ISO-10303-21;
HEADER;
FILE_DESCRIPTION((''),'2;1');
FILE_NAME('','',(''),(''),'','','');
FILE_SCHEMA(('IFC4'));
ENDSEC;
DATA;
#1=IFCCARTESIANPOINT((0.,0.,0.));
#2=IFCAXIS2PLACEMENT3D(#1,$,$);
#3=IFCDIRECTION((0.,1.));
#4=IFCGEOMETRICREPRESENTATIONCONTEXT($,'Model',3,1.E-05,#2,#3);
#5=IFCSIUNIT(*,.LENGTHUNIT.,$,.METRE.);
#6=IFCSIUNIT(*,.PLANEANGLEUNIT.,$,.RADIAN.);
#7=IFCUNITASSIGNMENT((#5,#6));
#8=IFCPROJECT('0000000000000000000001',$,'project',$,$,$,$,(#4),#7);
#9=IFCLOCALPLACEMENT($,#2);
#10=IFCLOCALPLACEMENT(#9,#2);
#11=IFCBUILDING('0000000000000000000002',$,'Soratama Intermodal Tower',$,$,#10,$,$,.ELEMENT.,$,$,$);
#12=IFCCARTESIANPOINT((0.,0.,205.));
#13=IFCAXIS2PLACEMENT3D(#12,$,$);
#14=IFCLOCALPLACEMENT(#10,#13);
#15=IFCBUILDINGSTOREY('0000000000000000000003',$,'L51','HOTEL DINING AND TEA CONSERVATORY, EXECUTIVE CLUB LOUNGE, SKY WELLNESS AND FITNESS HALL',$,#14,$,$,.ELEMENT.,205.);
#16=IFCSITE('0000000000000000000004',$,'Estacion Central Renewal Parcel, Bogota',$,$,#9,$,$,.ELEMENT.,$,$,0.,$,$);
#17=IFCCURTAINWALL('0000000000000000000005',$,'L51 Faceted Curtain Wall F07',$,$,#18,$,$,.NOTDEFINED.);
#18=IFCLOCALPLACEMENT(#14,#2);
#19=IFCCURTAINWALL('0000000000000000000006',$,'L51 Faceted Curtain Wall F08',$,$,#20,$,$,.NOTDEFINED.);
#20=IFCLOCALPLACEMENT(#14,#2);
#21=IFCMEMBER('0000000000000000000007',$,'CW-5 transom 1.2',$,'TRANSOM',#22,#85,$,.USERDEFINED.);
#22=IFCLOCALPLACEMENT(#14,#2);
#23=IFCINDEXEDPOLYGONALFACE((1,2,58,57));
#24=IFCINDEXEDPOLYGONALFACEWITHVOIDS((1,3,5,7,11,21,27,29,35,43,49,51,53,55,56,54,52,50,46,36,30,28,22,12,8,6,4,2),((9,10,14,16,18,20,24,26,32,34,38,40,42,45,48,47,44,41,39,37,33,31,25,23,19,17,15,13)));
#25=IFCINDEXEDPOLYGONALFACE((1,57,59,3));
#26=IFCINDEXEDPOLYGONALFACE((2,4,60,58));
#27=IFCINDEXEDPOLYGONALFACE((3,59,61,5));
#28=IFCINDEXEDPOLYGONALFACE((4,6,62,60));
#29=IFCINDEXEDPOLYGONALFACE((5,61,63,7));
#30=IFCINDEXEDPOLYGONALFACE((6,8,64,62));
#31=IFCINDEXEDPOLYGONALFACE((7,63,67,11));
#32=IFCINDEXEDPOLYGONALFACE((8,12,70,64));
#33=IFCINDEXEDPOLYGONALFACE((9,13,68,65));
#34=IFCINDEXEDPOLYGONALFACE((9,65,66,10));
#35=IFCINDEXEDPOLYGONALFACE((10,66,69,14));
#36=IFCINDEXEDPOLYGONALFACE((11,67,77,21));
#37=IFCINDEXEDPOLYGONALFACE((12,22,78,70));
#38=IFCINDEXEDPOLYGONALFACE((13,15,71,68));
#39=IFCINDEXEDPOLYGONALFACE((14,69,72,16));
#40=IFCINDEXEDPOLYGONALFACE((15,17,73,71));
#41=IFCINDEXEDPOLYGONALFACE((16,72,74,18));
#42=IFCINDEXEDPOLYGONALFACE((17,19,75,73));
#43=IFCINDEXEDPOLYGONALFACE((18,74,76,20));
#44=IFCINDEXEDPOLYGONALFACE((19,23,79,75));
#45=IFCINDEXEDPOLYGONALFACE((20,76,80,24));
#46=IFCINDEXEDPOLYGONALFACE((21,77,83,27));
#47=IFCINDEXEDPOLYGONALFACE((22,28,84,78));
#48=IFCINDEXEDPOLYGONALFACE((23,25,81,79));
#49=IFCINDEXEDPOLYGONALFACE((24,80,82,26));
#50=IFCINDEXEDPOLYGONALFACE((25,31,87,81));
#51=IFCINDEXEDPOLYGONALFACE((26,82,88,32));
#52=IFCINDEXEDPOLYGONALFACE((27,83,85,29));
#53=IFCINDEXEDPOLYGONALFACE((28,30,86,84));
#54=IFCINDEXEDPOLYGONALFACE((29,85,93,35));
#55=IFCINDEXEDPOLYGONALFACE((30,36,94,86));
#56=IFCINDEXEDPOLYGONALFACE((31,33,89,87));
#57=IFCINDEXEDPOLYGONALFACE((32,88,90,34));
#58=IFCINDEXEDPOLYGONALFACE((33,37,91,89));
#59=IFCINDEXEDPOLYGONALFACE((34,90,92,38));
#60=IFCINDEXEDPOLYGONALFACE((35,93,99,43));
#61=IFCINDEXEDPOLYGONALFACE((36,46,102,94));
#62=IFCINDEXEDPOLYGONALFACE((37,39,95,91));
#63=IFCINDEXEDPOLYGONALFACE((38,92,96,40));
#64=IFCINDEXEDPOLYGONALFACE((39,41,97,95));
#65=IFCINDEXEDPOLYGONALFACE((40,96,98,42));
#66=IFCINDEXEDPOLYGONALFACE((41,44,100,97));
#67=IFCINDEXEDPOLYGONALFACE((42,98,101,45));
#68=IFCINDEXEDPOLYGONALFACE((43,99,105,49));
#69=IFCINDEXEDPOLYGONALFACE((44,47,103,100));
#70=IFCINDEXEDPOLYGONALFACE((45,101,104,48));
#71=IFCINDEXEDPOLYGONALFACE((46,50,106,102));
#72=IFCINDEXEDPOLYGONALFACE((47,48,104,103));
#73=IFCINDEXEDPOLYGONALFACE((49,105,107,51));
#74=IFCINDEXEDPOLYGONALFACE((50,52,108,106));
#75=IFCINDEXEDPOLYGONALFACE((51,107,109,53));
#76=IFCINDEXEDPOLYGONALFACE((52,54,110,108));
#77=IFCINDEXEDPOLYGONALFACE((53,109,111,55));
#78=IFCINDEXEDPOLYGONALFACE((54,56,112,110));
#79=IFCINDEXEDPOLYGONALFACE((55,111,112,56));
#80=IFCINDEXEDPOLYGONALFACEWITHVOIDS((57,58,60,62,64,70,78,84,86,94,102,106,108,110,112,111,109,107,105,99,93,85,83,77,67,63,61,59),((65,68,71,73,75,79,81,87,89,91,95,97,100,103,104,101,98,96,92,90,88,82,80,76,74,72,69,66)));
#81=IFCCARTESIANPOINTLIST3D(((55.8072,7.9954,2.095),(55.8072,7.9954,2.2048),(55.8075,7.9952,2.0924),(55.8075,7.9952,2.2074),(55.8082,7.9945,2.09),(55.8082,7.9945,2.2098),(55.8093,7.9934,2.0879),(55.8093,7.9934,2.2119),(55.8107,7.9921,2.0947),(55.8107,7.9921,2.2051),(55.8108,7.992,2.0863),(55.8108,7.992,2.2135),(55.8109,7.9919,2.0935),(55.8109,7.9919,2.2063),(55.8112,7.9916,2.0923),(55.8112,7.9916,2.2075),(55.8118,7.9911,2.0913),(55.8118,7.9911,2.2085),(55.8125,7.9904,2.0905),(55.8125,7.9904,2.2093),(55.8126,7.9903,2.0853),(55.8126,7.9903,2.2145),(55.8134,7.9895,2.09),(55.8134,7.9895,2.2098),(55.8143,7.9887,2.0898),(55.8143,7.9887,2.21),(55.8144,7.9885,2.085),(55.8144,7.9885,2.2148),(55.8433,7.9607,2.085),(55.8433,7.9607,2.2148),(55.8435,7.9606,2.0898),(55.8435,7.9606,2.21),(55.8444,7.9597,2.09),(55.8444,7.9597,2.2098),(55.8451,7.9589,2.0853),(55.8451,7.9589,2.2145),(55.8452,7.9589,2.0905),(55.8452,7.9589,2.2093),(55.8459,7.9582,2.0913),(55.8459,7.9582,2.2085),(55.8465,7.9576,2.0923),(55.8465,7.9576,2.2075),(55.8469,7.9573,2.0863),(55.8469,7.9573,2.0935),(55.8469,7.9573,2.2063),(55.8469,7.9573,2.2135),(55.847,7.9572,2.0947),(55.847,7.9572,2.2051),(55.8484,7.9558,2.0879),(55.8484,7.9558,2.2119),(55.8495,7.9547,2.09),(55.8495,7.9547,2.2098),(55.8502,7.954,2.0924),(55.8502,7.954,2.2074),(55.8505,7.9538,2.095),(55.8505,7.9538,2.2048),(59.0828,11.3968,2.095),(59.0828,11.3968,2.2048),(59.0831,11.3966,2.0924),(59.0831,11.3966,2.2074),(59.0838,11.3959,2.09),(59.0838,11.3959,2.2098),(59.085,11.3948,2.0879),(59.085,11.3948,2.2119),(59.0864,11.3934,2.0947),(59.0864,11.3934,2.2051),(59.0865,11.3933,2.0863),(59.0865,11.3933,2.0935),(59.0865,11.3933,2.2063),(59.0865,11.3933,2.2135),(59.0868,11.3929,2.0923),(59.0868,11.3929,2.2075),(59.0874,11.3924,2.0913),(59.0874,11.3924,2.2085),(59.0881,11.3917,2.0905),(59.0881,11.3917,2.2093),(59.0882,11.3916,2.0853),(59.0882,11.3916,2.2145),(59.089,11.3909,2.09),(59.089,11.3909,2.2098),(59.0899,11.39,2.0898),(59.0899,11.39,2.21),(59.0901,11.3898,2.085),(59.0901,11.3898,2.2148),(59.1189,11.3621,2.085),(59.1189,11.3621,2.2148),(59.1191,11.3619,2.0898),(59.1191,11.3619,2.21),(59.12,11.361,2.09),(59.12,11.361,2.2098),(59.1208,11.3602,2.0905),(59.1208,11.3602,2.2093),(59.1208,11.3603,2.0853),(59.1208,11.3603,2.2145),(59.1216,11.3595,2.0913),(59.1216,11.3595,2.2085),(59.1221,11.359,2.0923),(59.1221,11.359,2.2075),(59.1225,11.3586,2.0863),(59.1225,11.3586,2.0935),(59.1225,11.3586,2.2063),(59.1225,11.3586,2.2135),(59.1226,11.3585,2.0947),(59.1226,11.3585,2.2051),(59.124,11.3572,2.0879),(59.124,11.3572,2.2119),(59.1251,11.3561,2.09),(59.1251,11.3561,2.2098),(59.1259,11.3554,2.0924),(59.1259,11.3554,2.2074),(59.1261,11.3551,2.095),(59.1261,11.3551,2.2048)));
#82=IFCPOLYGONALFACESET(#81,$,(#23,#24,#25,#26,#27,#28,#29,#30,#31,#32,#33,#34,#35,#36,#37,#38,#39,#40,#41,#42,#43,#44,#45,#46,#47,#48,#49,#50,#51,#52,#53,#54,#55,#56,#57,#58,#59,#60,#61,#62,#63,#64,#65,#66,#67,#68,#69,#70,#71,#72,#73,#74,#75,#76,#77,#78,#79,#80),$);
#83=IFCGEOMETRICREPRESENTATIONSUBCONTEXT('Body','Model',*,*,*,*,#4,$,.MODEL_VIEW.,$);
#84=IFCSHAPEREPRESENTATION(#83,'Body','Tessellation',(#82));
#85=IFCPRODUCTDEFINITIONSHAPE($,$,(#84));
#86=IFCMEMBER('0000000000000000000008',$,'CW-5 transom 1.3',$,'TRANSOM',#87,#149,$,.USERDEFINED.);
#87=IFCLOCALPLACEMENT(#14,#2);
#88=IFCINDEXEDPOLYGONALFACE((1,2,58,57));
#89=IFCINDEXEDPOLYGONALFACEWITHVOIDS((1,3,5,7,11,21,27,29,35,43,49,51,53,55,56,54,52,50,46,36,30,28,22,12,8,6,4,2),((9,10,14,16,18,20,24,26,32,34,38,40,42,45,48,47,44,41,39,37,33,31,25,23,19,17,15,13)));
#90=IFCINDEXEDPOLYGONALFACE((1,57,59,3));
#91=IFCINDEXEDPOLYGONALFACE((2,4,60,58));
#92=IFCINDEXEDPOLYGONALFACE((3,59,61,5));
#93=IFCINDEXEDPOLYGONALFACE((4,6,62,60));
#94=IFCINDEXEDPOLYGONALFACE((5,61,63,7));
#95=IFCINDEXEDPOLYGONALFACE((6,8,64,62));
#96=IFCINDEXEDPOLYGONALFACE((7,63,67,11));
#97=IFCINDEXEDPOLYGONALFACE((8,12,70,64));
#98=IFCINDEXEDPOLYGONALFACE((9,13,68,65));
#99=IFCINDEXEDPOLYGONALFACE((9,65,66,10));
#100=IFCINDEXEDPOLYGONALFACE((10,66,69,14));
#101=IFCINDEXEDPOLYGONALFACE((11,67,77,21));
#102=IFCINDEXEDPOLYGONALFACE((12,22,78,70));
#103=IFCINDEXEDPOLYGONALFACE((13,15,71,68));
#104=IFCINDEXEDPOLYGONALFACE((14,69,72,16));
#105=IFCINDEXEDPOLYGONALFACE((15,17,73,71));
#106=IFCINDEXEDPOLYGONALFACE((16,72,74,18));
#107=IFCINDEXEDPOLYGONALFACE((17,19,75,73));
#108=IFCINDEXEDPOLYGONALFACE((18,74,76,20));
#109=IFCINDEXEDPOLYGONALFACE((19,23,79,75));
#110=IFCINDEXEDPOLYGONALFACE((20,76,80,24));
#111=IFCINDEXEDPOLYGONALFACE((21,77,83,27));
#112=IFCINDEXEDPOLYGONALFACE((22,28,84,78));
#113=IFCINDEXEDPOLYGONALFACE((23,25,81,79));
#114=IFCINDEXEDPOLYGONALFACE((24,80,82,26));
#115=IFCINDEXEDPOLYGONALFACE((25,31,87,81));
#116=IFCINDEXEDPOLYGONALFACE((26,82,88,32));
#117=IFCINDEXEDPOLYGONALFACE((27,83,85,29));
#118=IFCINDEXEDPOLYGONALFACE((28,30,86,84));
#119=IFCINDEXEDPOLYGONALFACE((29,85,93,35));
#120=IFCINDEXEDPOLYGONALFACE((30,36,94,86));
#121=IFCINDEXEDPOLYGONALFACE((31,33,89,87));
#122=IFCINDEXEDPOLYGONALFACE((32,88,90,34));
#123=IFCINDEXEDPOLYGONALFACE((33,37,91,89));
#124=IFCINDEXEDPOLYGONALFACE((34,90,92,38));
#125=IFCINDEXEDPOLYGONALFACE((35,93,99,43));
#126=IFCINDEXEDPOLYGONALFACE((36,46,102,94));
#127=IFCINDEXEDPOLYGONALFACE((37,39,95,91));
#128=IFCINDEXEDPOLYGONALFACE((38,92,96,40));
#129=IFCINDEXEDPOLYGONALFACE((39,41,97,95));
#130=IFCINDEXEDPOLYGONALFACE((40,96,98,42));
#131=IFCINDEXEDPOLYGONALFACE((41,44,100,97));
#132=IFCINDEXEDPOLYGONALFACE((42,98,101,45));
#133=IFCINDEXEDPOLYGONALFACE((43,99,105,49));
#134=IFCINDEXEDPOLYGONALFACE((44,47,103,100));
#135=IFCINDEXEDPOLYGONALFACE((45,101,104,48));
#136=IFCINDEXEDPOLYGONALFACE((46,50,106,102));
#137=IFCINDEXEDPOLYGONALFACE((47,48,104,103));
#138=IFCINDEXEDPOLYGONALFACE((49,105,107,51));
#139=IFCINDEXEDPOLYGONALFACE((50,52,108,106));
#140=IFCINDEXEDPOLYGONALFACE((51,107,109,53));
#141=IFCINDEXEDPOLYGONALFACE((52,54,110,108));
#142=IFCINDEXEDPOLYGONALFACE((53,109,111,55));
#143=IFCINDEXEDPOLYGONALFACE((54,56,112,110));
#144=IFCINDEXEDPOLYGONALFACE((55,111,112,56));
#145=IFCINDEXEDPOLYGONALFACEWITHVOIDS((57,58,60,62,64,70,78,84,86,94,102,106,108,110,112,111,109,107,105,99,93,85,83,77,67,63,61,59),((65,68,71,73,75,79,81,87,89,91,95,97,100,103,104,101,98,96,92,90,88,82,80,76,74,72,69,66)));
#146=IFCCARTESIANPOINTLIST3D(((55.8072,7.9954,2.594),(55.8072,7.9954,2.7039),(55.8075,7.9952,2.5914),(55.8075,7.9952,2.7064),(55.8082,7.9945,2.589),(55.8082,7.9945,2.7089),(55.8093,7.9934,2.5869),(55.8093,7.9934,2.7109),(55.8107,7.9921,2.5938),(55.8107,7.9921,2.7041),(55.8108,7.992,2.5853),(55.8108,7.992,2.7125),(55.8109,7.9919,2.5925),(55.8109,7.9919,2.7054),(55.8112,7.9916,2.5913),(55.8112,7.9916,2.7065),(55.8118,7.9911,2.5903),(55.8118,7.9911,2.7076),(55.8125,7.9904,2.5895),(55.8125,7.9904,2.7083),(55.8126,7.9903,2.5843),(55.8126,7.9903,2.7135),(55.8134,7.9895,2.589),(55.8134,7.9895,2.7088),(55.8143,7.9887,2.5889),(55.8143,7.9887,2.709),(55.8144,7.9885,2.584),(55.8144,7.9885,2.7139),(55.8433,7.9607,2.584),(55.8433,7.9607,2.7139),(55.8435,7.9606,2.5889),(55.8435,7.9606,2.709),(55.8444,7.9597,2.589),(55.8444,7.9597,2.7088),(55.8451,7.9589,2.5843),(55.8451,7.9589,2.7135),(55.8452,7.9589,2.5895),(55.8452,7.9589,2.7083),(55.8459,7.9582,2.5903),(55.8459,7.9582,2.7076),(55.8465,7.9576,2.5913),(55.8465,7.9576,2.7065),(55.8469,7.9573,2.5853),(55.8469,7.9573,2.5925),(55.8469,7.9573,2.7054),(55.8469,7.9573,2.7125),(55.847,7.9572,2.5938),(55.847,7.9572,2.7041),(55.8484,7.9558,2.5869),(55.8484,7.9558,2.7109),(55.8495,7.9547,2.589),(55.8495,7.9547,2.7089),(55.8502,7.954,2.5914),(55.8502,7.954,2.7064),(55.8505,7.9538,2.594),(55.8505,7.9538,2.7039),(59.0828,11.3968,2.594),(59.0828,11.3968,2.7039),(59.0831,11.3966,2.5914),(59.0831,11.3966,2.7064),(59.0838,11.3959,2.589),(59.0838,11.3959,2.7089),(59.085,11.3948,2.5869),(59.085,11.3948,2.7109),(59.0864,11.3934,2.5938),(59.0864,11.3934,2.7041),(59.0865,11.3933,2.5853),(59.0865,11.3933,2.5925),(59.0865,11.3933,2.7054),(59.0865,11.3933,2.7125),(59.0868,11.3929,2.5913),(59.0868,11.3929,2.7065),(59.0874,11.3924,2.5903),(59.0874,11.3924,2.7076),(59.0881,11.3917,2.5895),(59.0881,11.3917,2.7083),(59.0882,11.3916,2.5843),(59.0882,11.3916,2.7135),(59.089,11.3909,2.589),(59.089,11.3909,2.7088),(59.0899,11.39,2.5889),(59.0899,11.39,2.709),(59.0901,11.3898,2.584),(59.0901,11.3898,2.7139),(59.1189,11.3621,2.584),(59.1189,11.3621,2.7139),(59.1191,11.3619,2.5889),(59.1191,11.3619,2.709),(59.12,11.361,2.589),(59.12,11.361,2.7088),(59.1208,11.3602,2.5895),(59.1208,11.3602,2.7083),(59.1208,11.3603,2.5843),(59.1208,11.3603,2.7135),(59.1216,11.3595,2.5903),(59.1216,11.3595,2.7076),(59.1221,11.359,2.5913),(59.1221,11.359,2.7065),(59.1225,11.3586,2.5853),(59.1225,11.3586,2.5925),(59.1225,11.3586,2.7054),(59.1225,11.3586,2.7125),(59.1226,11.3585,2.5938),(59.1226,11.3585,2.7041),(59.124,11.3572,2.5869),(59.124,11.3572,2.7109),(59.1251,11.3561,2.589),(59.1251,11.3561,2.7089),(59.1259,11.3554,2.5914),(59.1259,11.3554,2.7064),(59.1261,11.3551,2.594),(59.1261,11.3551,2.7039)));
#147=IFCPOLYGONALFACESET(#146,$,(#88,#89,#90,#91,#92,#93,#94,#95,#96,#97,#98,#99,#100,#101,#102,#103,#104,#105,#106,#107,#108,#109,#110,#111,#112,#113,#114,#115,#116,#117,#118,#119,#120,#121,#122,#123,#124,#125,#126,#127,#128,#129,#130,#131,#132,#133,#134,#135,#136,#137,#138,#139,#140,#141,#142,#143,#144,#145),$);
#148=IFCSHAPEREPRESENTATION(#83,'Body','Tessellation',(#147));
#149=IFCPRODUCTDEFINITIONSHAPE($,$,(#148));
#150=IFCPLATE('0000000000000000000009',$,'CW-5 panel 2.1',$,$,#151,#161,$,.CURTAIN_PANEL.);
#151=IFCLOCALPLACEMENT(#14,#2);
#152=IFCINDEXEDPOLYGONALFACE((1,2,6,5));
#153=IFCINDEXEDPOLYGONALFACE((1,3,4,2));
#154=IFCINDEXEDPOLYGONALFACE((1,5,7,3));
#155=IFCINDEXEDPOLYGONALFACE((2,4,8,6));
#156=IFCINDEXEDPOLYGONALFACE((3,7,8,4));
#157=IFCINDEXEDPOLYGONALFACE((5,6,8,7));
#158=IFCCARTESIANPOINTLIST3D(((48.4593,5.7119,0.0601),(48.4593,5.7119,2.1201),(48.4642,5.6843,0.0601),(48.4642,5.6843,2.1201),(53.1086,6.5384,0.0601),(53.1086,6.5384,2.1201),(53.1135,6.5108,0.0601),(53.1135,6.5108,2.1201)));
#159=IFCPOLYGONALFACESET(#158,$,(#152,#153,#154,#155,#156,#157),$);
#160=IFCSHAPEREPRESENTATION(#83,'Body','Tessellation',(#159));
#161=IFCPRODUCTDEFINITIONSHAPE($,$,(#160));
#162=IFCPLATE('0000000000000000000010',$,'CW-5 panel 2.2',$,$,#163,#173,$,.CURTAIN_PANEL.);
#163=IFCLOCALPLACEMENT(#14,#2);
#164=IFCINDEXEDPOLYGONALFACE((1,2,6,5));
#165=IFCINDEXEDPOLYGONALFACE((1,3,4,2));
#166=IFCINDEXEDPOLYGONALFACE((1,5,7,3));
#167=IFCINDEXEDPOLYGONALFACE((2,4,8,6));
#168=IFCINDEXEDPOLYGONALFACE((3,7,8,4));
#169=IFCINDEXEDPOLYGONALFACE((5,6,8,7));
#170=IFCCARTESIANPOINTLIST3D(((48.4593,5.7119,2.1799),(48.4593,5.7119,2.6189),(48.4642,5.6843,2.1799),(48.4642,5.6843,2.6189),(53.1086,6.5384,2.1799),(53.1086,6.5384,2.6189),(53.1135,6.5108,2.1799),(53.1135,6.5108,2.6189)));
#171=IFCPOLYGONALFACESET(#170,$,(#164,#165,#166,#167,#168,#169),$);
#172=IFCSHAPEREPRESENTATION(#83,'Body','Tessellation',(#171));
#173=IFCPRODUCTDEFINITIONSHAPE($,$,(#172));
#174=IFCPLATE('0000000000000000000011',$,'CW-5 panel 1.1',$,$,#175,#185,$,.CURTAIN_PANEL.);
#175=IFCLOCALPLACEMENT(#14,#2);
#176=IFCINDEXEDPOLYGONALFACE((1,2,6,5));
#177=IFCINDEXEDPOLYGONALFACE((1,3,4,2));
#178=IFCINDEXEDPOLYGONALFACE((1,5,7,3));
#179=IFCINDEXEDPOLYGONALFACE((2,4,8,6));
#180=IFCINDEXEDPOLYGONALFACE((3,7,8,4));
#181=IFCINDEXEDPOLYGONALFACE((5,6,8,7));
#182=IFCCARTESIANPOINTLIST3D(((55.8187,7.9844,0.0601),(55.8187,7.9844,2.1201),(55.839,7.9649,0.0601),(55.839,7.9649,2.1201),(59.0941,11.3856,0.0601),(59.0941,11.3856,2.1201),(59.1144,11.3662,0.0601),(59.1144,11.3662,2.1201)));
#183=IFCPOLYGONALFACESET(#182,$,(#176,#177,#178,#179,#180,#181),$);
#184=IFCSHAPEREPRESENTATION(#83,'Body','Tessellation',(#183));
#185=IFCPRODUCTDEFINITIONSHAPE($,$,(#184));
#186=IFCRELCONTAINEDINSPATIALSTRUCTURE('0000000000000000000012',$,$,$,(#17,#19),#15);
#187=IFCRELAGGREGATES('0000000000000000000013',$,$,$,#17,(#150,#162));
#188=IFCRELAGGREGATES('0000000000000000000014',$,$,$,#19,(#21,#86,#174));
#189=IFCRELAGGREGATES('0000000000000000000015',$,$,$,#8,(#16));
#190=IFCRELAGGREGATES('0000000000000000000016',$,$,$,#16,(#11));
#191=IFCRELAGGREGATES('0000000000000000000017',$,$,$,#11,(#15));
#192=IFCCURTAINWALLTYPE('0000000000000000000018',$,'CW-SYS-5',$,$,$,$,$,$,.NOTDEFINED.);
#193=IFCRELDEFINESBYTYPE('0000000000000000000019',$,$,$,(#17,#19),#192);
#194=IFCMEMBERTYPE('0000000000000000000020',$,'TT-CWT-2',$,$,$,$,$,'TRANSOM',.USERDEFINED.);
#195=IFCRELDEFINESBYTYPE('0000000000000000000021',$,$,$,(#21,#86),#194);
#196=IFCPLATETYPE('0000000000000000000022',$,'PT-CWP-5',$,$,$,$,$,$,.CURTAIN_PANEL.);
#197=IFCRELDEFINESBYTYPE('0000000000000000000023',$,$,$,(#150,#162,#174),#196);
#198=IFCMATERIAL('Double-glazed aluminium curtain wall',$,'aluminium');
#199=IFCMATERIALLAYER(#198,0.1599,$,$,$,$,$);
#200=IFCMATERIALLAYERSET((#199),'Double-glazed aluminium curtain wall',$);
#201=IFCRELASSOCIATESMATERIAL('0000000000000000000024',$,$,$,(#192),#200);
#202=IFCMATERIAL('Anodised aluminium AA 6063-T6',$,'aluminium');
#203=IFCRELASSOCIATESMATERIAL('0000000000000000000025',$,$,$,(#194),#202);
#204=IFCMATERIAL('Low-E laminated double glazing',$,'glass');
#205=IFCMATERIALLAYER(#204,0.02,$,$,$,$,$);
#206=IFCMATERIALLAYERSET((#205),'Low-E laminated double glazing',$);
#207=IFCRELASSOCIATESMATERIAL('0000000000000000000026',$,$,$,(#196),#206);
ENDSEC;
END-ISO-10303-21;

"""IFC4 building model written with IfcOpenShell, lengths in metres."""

from ifc_helpers import new_model, si_unit, direction, frame, origin, origin_2d, place, context, subcontext, project, spatial, rectangle, hollow_rectangle, extrude, material, layer, layer_set, material_profile, profile_set, type_object, element, aggregate, save


model = new_model("IFC4")

# Units and contexts
model_context = context("Model", 3, precision=1e-05, world=origin(), true_north=direction((0.0, 1.0)))
body_context = subcontext(model_context, "Body", "Model", "MODEL_VIEW")
ifc_project = project(units=[si_unit("LENGTHUNIT", "METRE"), si_unit("PLANEANGLEUNIT", "RADIAN")], contexts=[model_context])

# Site, building, storey
site_placement = place(None, origin())
site = spatial("IfcSite", under=ifc_project, at=site_placement, Name="Estacion Central Renewal Parcel, Bogota", CompositionType="ELEMENT", RefElevation=0.0)
building_placement = place(site_placement, origin())
building = spatial("IfcBuilding", under=site, at=building_placement, Name="Soratama Intermodal Tower", CompositionType="ELEMENT")
storey_placement = place(building_placement, frame((0.0, 0.0, 205.0)))
storey = spatial("IfcBuildingStorey", under=building, at=storey_placement, Name="L51", Description="HOTEL DINING AND TEA CONSERVATORY, EXECUTIVE CLUB LOUNGE, SKY WELLNESS AND FITNESS HALL", CompositionType="ELEMENT", Elevation=205.0)

# Curtain walls
ifc_material_1 = material(Name="Double-glazed aluminium curtain wall", Category="aluminium")
ifc_layer_1 = layer(ifc_material_1, 0.1599)
ifc_layer_set_1 = layer_set([ifc_layer_1], Name="Double-glazed aluminium curtain wall")
curtain_wall_type = type_object("IfcCurtainWallType", Name="CW-SYS-5", PredefinedType="NOTDEFINED", material=ifc_layer_set_1)
curtain_wall_1_placement = place(storey_placement, origin())
curtain_wall_1 = element("IfcCurtainWall", 1, at=curtain_wall_1_placement, inside=storey, type_object=curtain_wall_type, Name="L51 Faceted Curtain Wall F07", PredefinedType="NOTDEFINED")
curtain_wall_2_placement = place(storey_placement, origin())
curtain_wall_2 = element("IfcCurtainWall", 2, at=curtain_wall_2_placement, inside=storey, type_object=curtain_wall_type, Name="L51 Faceted Curtain Wall F08", PredefinedType="NOTDEFINED")

# Members
ifc_material_2 = material(Name="Anodised aluminium AA 6063-T6", Category="aluminium")
ifc_material_profile_1 = material_profile(ifc_material_2, hollow_rectangle(XDim=0.0601, YDim=0.1299, WallThickness=0.0049, InnerFilletRadius=0.0049, OuterFilletRadius=0.01, at=origin_2d()), Name="CWT130X60X5")
ifc_profile_set_1 = profile_set([ifc_material_profile_1], Name="Anodised aluminium AA 6063-T6")
member_type_1 = type_object("IfcMemberType", Name="TT-CWT-2", ElementType="TRANSOM", PredefinedType="USERDEFINED", material=ifc_profile_set_1)
member_1_placement = place(storey_placement, frame((55.8289, 7.9746, 2.1499), z_axis=(0.693669, 0.720294, 0.0), x_axis=(-0.720294, 0.693669, 0.0)))
member_1 = element("IfcMember", 3, at=member_1_placement, type_object=member_type_1, Name="CW-5 transom 1.2", ObjectType="TRANSOM", PredefinedType="USERDEFINED", context=body_context, shape_type="SweptSolid", body=[
    extrude(hollow_rectangle(XDim=0.0601, YDim=0.1299, WallThickness=0.0049, InnerFilletRadius=0.0049, OuterFilletRadius=0.01, at=origin_2d()), origin(), (0.0, 0.0, 1.0), 4.7222),
])
member_2_placement = place(storey_placement, frame((55.8289, 7.9746, 2.6489), z_axis=(0.693669, 0.720294, 0.0), x_axis=(-0.720294, 0.693669, 0.0)))
member_2 = element("IfcMember", 4, at=member_2_placement, type_object=member_type_1, Name="CW-5 transom 1.3", ObjectType="TRANSOM", PredefinedType="USERDEFINED", context=body_context, shape_type="SweptSolid", body=[
    extrude(hollow_rectangle(XDim=0.0601, YDim=0.1299, WallThickness=0.0049, InnerFilletRadius=0.0049, OuterFilletRadius=0.01, at=origin_2d()), origin(), (0.0, 0.0, 1.0), 4.7222),
])

# Plates
ifc_material_3 = material(Name="Low-E laminated double glazing", Category="glass")
ifc_layer_2 = layer(ifc_material_3, 0.02)
ifc_layer_set_2 = layer_set([ifc_layer_2], Name="Low-E laminated double glazing")
plate_type = type_object("IfcPlateType", Name="PT-CWP-5", PredefinedType="CURTAIN_PANEL", material=ifc_layer_set_2)
plate_1_placement = place(storey_placement, frame((50.7864, 6.1113, 0.0601), z_axis=(0.0, 0.0, 1.0), x_axis=(0.984563, 0.175028, 0.0)))
plate_1 = element("IfcPlate", 5, at=plate_1_placement, type_object=plate_type, Name="CW-5 panel 2.1", PredefinedType="CURTAIN_PANEL", context=body_context, shape_type="SweptSolid", body=[
    extrude(rectangle(XDim=4.7222, YDim=0.0281, at=origin_2d()), origin(), (0.0, 0.0, 1.0), 2.0601),
])
plate_2_placement = place(storey_placement, frame((50.7864, 6.1113, 2.1799), z_axis=(0.0, 0.0, 1.0), x_axis=(0.984563, 0.175028, 0.0)))
plate_2 = element("IfcPlate", 6, at=plate_2_placement, type_object=plate_type, Name="CW-5 panel 2.2", PredefinedType="CURTAIN_PANEL", context=body_context, shape_type="SweptSolid", body=[
    extrude(rectangle(XDim=4.7222, YDim=0.0281, at=origin_2d()), origin(), (0.0, 0.0, 1.0), 0.439),
])
aggregate(curtain_wall_1, [plate_1, plate_2])
plate_3_placement = place(storey_placement, frame((57.4666, 9.6753, 0.0601), z_axis=(0.0, 0.0, 1.0), x_axis=(0.693655, 0.720307, 0.0)))
plate_3 = element("IfcPlate", 7, at=plate_3_placement, type_object=plate_type, Name="CW-5 panel 1.1", PredefinedType="CURTAIN_PANEL", context=body_context, shape_type="SweptSolid", body=[
    extrude(rectangle(XDim=4.7219, YDim=0.0281, at=origin_2d()), origin(), (0.0, 0.0, 1.0), 2.0601),
])
aggregate(curtain_wall_2, [member_1, member_2, plate_3])

save(model, "model.ifc")
